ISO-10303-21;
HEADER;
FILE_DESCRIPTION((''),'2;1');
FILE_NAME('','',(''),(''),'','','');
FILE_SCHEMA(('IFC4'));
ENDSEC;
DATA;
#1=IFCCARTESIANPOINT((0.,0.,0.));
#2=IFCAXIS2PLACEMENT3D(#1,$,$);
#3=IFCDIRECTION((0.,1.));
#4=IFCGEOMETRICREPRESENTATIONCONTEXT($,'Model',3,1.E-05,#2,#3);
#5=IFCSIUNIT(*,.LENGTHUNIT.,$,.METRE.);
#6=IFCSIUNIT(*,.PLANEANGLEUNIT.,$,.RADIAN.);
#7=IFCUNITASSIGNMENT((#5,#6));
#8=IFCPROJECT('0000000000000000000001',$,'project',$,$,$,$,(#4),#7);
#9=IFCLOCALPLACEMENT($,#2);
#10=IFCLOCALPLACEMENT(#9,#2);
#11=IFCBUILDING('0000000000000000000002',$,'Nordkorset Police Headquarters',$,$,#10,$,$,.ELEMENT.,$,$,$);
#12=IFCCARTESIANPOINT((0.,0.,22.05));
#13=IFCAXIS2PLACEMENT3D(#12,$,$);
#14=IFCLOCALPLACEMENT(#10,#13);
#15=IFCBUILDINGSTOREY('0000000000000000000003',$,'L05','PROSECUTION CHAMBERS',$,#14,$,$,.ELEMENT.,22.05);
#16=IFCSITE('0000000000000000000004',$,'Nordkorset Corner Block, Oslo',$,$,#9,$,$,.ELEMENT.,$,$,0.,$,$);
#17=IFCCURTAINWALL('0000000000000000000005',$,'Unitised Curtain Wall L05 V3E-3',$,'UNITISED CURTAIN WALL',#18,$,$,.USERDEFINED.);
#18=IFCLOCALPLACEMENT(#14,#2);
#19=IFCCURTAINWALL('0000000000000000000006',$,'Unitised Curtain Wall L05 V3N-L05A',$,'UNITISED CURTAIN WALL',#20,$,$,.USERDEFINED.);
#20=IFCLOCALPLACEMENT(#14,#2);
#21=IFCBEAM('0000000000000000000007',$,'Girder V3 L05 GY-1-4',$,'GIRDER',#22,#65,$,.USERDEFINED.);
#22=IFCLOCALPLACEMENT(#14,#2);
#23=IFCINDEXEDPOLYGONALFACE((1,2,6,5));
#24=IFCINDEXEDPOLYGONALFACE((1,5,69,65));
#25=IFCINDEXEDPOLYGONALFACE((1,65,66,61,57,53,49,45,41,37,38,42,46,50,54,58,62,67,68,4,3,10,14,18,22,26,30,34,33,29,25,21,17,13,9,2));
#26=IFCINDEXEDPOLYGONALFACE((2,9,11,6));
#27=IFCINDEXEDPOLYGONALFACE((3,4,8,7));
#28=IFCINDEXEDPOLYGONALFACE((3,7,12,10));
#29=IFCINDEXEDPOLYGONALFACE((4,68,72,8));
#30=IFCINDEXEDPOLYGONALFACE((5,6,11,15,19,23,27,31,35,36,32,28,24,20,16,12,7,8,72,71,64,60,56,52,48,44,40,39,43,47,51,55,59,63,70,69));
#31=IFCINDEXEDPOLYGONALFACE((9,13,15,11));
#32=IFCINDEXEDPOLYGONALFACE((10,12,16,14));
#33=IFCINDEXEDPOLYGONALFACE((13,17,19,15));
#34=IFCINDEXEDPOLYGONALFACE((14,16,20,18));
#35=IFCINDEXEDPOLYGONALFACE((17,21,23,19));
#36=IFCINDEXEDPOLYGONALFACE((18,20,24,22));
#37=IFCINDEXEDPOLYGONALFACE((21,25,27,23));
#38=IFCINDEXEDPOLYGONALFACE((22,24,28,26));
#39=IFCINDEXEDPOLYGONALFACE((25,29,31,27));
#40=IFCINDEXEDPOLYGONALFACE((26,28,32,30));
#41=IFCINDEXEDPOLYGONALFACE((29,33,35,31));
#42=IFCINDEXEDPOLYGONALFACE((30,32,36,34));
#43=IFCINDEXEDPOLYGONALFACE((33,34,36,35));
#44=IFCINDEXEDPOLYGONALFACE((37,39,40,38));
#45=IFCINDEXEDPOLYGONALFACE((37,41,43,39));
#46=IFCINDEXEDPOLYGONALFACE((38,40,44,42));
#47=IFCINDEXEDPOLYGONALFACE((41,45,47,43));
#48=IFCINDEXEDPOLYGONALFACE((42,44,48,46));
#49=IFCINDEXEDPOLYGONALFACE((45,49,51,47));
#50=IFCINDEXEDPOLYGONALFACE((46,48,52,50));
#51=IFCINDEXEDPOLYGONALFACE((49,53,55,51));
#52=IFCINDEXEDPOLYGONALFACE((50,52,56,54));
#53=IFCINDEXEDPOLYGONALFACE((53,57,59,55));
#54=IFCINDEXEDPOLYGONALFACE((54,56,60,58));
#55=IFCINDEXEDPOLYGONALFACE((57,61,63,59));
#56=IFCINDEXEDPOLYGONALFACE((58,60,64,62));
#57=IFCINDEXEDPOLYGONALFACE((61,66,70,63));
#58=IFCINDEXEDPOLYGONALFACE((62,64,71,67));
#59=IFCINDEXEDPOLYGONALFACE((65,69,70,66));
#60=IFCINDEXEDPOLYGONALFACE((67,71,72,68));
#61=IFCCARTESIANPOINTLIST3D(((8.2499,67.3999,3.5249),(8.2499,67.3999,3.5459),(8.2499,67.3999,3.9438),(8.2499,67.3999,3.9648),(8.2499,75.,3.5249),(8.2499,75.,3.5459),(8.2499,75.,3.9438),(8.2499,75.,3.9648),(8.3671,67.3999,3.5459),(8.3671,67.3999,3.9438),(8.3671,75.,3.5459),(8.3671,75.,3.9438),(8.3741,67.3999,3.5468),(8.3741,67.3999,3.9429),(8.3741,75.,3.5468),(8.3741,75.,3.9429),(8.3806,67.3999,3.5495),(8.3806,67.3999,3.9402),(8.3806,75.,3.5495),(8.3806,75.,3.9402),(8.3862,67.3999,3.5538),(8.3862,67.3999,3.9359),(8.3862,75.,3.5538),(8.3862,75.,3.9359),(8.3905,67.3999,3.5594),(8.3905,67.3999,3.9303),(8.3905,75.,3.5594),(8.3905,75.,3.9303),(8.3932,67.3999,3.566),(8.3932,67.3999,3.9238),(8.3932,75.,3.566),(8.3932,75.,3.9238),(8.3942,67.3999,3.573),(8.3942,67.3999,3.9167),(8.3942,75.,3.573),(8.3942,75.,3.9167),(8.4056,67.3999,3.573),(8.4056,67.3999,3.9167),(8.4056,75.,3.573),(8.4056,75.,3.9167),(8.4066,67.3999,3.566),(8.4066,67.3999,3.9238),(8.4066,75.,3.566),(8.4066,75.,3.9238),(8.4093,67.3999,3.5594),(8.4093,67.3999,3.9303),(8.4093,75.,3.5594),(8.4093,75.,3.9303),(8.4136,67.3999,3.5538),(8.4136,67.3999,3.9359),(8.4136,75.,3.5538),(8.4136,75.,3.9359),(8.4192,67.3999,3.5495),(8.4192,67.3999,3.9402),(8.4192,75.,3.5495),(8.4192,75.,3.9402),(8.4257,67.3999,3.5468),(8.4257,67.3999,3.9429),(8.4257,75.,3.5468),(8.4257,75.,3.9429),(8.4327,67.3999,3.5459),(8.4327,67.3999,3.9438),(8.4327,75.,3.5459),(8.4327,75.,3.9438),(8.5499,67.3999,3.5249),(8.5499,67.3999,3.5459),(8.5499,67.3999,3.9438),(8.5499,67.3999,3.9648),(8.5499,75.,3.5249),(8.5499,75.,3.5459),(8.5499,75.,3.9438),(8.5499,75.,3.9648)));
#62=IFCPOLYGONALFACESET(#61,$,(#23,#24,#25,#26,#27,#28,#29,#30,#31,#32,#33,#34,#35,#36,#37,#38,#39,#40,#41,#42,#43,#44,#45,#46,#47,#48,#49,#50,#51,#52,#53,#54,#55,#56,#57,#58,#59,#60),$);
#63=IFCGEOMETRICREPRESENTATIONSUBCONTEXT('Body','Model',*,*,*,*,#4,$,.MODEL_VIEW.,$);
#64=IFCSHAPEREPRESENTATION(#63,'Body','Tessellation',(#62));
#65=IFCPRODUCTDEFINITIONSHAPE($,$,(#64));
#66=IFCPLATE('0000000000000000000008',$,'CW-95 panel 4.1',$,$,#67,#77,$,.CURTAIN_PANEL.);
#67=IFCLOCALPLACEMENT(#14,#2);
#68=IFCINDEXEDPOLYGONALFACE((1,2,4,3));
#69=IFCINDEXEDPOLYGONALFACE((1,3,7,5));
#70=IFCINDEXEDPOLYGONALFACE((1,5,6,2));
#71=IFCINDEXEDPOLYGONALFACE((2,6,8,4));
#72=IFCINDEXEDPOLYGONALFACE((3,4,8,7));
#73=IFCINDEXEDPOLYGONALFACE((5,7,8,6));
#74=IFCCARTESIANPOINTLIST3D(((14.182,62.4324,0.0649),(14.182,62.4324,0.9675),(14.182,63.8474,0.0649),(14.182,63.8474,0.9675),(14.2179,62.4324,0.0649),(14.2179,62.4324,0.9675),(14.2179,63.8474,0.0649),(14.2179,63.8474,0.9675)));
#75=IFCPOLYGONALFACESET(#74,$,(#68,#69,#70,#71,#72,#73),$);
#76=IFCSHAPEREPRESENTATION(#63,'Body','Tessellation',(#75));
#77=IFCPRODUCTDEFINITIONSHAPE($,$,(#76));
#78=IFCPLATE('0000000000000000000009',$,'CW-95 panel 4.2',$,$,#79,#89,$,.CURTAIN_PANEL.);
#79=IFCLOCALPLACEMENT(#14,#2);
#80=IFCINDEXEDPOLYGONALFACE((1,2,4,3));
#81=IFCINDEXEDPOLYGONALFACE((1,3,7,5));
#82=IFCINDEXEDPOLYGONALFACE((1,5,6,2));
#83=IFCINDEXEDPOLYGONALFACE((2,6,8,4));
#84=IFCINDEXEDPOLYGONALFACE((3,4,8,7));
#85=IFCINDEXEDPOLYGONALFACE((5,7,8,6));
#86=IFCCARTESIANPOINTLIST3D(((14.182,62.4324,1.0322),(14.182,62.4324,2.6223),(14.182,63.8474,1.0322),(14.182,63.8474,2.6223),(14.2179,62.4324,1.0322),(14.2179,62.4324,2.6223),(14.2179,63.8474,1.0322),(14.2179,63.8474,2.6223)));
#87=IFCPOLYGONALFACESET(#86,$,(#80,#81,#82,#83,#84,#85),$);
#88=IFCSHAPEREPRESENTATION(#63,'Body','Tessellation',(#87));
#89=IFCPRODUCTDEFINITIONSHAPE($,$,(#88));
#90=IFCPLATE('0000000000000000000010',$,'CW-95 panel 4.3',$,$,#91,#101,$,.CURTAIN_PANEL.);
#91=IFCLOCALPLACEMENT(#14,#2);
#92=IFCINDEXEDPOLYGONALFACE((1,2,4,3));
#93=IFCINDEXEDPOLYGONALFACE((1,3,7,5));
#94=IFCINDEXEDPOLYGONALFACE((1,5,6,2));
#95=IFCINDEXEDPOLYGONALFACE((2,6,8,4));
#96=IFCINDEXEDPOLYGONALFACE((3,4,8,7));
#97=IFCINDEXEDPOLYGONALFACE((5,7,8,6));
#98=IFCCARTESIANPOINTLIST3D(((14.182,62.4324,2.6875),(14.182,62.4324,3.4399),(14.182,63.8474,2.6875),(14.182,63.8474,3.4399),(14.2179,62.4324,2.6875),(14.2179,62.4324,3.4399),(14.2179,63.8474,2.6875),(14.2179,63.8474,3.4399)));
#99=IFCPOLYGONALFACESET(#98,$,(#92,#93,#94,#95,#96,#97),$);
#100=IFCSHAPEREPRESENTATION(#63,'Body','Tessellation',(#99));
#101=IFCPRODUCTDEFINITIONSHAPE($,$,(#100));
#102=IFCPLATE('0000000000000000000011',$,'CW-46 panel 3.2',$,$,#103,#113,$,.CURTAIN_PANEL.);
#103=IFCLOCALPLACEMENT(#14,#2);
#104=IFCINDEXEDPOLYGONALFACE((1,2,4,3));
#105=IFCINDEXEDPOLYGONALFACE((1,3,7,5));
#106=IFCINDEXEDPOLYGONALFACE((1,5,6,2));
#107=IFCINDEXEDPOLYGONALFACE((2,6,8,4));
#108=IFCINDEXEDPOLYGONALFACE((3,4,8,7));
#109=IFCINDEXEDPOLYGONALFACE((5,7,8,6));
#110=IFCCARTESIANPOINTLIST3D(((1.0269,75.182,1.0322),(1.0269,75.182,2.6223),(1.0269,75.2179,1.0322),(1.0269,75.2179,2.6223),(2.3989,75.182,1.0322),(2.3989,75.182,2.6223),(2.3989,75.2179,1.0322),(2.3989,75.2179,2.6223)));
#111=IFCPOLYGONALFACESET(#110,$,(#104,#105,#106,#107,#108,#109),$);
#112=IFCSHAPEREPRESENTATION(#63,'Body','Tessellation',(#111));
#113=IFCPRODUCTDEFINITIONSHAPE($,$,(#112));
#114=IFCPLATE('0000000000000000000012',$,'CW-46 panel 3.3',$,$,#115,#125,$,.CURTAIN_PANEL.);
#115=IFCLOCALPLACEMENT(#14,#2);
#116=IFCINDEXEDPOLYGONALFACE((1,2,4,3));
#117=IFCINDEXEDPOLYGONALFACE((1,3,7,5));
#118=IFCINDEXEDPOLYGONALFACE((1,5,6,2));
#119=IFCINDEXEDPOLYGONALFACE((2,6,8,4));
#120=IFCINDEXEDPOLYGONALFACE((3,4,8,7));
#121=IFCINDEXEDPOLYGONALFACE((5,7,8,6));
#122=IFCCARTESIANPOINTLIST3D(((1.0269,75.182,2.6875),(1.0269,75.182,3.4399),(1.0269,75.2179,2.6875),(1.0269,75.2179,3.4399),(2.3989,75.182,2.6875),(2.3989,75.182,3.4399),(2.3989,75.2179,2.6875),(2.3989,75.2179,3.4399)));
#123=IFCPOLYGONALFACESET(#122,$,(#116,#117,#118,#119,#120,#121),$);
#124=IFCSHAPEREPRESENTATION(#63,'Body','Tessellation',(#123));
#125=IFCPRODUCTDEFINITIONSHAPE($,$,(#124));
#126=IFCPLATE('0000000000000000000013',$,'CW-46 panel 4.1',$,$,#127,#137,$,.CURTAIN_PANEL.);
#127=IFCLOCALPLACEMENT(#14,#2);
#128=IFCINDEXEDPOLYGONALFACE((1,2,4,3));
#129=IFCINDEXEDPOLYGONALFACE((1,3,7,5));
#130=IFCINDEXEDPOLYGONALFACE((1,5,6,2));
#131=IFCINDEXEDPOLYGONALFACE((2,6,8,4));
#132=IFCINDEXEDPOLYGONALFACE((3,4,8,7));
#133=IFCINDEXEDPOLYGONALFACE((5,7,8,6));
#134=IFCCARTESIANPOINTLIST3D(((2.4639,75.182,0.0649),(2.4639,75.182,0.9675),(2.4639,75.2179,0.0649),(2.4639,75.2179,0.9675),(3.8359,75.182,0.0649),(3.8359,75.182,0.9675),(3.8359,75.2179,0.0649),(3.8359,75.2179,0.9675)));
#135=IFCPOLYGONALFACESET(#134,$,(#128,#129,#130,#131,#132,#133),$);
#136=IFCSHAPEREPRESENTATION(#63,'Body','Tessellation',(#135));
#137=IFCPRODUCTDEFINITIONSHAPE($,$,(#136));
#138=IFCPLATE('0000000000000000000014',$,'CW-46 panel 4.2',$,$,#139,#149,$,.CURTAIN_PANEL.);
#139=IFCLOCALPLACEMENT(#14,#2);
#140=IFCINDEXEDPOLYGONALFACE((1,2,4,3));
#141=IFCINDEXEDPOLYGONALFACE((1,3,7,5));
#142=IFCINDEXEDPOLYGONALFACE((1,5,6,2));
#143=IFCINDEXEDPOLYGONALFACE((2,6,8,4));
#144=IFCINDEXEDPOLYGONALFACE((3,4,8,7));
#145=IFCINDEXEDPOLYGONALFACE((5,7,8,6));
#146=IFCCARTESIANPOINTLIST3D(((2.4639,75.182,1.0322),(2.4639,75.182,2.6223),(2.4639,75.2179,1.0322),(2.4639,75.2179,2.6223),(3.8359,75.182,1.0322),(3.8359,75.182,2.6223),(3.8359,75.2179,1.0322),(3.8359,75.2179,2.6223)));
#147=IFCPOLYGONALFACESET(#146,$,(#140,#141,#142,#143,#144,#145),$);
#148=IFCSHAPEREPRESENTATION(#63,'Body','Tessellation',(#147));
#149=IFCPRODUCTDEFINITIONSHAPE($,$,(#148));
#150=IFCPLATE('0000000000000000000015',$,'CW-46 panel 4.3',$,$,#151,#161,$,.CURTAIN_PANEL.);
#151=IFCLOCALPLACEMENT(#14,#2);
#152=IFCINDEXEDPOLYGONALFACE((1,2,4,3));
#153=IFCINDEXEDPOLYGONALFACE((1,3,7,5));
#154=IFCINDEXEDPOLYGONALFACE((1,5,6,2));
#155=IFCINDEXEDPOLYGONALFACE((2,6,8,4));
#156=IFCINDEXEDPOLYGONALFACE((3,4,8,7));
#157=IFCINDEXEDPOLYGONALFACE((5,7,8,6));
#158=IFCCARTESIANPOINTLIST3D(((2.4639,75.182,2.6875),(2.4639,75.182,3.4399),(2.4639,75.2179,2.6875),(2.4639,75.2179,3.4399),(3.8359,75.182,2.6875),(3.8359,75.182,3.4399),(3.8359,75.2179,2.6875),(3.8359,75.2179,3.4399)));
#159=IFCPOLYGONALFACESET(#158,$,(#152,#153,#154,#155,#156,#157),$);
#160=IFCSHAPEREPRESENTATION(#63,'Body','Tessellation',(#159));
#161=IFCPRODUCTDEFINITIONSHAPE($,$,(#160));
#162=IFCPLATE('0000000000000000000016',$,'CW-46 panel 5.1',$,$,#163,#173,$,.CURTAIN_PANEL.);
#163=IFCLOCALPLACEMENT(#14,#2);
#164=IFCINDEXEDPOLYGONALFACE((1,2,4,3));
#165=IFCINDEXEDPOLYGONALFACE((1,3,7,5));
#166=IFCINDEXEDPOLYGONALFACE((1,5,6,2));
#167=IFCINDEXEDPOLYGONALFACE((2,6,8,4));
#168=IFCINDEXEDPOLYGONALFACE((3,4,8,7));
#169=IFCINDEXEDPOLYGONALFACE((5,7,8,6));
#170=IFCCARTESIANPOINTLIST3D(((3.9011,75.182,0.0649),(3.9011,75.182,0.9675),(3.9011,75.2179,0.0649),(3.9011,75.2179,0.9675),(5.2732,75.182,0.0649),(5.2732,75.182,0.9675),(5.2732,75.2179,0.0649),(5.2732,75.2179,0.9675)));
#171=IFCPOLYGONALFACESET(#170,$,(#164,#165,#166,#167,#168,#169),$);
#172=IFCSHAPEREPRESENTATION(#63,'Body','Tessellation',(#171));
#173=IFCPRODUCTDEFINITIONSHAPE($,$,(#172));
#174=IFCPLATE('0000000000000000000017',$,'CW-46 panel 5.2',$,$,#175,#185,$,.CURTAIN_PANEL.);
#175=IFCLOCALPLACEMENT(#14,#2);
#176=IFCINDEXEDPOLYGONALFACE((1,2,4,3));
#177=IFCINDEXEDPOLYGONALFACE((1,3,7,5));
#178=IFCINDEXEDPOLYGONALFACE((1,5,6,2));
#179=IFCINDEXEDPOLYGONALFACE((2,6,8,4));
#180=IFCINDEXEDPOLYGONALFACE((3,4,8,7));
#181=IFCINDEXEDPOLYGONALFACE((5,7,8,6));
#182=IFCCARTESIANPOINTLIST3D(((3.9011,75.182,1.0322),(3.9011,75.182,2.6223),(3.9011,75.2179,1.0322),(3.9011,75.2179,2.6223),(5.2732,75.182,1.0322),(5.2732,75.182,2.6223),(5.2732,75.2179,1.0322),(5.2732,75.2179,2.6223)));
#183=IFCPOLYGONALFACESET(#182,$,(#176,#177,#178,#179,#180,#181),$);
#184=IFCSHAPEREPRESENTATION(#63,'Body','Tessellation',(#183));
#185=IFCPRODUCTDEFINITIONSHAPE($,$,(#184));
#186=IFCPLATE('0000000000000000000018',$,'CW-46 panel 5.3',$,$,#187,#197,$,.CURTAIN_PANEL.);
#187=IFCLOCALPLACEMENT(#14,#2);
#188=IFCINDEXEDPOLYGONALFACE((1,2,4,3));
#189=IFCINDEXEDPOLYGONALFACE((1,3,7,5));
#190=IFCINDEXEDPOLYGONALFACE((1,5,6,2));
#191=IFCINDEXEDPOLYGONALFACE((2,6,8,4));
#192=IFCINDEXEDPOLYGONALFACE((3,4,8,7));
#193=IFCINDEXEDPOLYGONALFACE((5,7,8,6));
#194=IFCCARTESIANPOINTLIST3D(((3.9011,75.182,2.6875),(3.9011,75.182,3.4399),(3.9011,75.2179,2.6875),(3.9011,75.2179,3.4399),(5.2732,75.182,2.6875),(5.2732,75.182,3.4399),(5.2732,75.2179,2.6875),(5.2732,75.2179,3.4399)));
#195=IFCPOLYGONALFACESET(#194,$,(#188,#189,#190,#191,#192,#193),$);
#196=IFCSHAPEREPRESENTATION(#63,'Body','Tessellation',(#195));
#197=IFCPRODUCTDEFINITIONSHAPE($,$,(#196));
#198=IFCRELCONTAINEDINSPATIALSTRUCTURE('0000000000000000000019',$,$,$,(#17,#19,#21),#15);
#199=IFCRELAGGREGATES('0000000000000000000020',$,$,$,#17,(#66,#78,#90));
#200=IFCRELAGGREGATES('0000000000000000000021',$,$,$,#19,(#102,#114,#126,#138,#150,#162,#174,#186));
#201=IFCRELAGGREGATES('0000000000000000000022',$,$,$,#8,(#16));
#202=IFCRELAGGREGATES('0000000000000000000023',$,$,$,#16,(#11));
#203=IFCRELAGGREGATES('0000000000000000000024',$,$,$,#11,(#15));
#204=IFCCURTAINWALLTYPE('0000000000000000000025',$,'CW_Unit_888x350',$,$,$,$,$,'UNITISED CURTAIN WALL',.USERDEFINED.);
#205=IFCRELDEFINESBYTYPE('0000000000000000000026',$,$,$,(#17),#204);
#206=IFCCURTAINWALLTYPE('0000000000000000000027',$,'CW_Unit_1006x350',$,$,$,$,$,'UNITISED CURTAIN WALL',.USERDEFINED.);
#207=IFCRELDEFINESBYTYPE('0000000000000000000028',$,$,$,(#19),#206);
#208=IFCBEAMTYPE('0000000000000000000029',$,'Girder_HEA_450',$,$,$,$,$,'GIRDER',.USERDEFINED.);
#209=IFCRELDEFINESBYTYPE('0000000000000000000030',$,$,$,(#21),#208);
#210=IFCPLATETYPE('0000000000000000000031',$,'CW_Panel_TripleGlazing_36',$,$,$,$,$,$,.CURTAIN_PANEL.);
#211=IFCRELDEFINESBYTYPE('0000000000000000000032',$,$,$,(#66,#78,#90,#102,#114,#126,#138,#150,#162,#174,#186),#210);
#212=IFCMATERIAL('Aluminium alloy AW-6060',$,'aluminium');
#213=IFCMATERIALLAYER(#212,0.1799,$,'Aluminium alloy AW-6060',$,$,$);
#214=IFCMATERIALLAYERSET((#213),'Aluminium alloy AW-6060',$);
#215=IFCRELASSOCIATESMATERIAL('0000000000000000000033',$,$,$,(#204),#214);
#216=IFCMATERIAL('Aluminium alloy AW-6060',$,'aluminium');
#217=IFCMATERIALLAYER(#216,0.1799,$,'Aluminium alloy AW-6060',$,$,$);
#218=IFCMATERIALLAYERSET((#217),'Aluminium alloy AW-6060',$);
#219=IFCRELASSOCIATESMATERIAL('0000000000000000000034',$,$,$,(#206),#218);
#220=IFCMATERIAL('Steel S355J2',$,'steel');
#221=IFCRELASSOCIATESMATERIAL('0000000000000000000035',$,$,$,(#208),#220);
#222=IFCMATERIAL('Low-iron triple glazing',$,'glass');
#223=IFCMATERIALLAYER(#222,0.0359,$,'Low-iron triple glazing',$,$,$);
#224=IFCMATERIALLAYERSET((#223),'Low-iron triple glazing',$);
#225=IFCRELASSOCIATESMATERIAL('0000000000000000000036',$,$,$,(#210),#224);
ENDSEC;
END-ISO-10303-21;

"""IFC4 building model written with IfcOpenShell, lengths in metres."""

from ifc_helpers import new_model, si_unit, direction, frame, origin, origin_2d, place, context, subcontext, project, spatial, rectangle, i_section, extrude, material, layer, layer_set, material_profile, profile_set, type_object, element, aggregate, save


model = new_model("IFC4")

# Units and contexts
model_context = context("Model", 3, precision=1e-05, world=origin(), true_north=direction((0.0, 1.0)))
body_context = subcontext(model_context, "Body", "Model", "MODEL_VIEW")
ifc_project = project(units=[si_unit("LENGTHUNIT", "METRE"), si_unit("PLANEANGLEUNIT", "RADIAN")], contexts=[model_context])

# Site, building, storey
site_placement = place(None, origin())
site = spatial("IfcSite", under=ifc_project, at=site_placement, Name="Nordkorset Corner Block, Oslo", CompositionType="ELEMENT", RefElevation=0.0)
building_placement = place(site_placement, origin())
building = spatial("IfcBuilding", under=site, at=building_placement, Name="Nordkorset Police Headquarters", CompositionType="ELEMENT")
storey_placement = place(building_placement, frame((0.0, 0.0, 22.05)))
storey = spatial("IfcBuildingStorey", under=building, at=storey_placement, Name="L05", Description="PROSECUTION CHAMBERS", CompositionType="ELEMENT", Elevation=22.05)

# Curtain wall
ifc_material_1 = material(Name="Aluminium alloy AW-6060", Category="aluminium")
ifc_layer_1 = layer(ifc_material_1, 0.1799, Name="Aluminium alloy AW-6060")
ifc_layer_set_1 = layer_set([ifc_layer_1], Name="Aluminium alloy AW-6060")
curtain_wall_type_1 = type_object("IfcCurtainWallType", Name="CW_Unit_888x350", ElementType="UNITISED CURTAIN WALL", PredefinedType="USERDEFINED", material=ifc_layer_set_1)
curtain_wall_1_placement = place(storey_placement, origin())
curtain_wall_1 = element("IfcCurtainWall", 1, at=curtain_wall_1_placement, inside=storey, type_object=curtain_wall_type_1, Name="Unitised Curtain Wall L05 V3E-3", ObjectType="UNITISED CURTAIN WALL", PredefinedType="USERDEFINED")

# Curtain wall
ifc_material_2 = material(Name="Aluminium alloy AW-6060", Category="aluminium")
ifc_layer_2 = layer(ifc_material_2, 0.1799, Name="Aluminium alloy AW-6060")
ifc_layer_set_2 = layer_set([ifc_layer_2], Name="Aluminium alloy AW-6060")
curtain_wall_type_2 = type_object("IfcCurtainWallType", Name="CW_Unit_1006x350", ElementType="UNITISED CURTAIN WALL", PredefinedType="USERDEFINED", material=ifc_layer_set_2)
curtain_wall_2_placement = place(storey_placement, origin())
curtain_wall_2 = element("IfcCurtainWall", 2, at=curtain_wall_2_placement, inside=storey, type_object=curtain_wall_type_2, Name="Unitised Curtain Wall L05 V3N-L05A", ObjectType="UNITISED CURTAIN WALL", PredefinedType="USERDEFINED")

# Beam
ifc_material_3 = material(Name="Steel S355J2", Category="steel")
ifc_material_profile_1 = material_profile(ifc_material_3, i_section(OverallWidth=0.3, OverallDepth=0.4399, WebThickness=0.0115, FlangeThickness=0.021, FilletRadius=0.0271, at=origin_2d()), Name="HEA 450")
ifc_profile_set_1 = profile_set([ifc_material_profile_1], Name="Steel S355J2")
beam_type_1 = type_object("IfcBeamType", Name="Girder_HEA_450", ElementType="GIRDER", PredefinedType="USERDEFINED", material=ifc_profile_set_1)
beam_1_placement = place(storey_placement, frame((8.3999, 67.3999, 3.7449), z_axis=(0.0, 1.0, 0.0), x_axis=(-1.0, 0.0, 0.0)))
element("IfcBeam", 3, at=beam_1_placement, inside=storey, type_object=beam_type_1, Name="Girder V3 L05 GY-1-4", ObjectType="GIRDER", PredefinedType="USERDEFINED", context=body_context, shape_type="SweptSolid", body=[
    extrude(i_section(OverallWidth=0.3, OverallDepth=0.4399, WebThickness=0.0115, FlangeThickness=0.021, FilletRadius=0.0271, at=origin_2d()), origin(), (0.0, 0.0, 1.0), 7.6001),
])

# Plates
ifc_material_4 = material(Name="Low-iron triple glazing", Category="glass")
ifc_layer_3 = layer(ifc_material_4, 0.0359, Name="Low-iron triple glazing")
ifc_layer_set_3 = layer_set([ifc_layer_3], Name="Low-iron triple glazing")
plate_type = type_object("IfcPlateType", Name="CW_Panel_TripleGlazing_36", PredefinedType="CURTAIN_PANEL", material=ifc_layer_set_3)
plate_1_placement = place(storey_placement, frame((14.2, 63.1399, 0.0649), z_axis=(0.0, 0.0, 1.0), x_axis=(0.0, 1.0, 0.0)))
plate_1 = element("IfcPlate", 4, at=plate_1_placement, type_object=plate_type, Name="CW-95 panel 4.1", PredefinedType="CURTAIN_PANEL", context=body_context, shape_type="SweptSolid", body=[
    extrude(rectangle(XDim=1.415, YDim=0.0359, at=origin_2d()), origin(), (0.0, 0.0, 1.0), 0.9026),
])
plate_2_placement = place(storey_placement, frame((14.2, 63.1399, 1.0322), z_axis=(0.0, 0.0, 1.0), x_axis=(0.0, 1.0, 0.0)))
plate_2 = element("IfcPlate", 5, at=plate_2_placement, type_object=plate_type, Name="CW-95 panel 4.2", PredefinedType="CURTAIN_PANEL", context=body_context, shape_type="SweptSolid", body=[
    extrude(rectangle(XDim=1.415, YDim=0.0359, at=origin_2d()), origin(), (0.0, 0.0, 1.0), 1.5901),
])
plate_3_placement = place(storey_placement, frame((14.2, 63.1399, 2.6875), z_axis=(0.0, 0.0, 1.0), x_axis=(0.0, 1.0, 0.0)))
plate_3 = element("IfcPlate", 6, at=plate_3_placement, type_object=plate_type, Name="CW-95 panel 4.3", PredefinedType="CURTAIN_PANEL", context=body_context, shape_type="SweptSolid", body=[
    extrude(rectangle(XDim=1.415, YDim=0.0359, at=origin_2d()), origin(), (0.0, 0.0, 1.0), 0.7524),
])
aggregate(curtain_wall_1, [plate_1, plate_2, plate_3])
plate_4_placement = place(storey_placement, frame((1.7129, 75.2, 1.0322), z_axis=(0.0, 0.0, 1.0), x_axis=(1.0, 0.0, 0.0)))
plate_4 = element("IfcPlate", 7, at=plate_4_placement, type_object=plate_type, Name="CW-46 panel 3.2", PredefinedType="CURTAIN_PANEL", context=body_context, shape_type="SweptSolid", body=[
    extrude(rectangle(XDim=1.3721, YDim=0.0359, at=origin_2d()), origin(), (0.0, 0.0, 1.0), 1.5901),
])
plate_5_placement = place(storey_placement, frame((1.7129, 75.2, 2.6875), z_axis=(0.0, 0.0, 1.0), x_axis=(1.0, 0.0, 0.0)))
plate_5 = element("IfcPlate", 8, at=plate_5_placement, type_object=plate_type, Name="CW-46 panel 3.3", PredefinedType="CURTAIN_PANEL", context=body_context, shape_type="SweptSolid", body=[
    extrude(rectangle(XDim=1.3721, YDim=0.0359, at=origin_2d()), origin(), (0.0, 0.0, 1.0), 0.7524),
])
plate_6_placement = place(storey_placement, frame((3.1499, 75.2, 0.0649), z_axis=(0.0, 0.0, 1.0), x_axis=(1.0, 0.0, 0.0)))
plate_6 = element("IfcPlate", 9, at=plate_6_placement, type_object=plate_type, Name="CW-46 panel 4.1", PredefinedType="CURTAIN_PANEL", context=body_context, shape_type="SweptSolid", body=[
    extrude(rectangle(XDim=1.3721, YDim=0.0359, at=origin_2d()), origin(), (0.0, 0.0, 1.0), 0.9026),
])
plate_7_placement = place(storey_placement, frame((3.1499, 75.2, 1.0322), z_axis=(0.0, 0.0, 1.0), x_axis=(1.0, 0.0, 0.0)))
plate_7 = element("IfcPlate", 10, at=plate_7_placement, type_object=plate_type, Name="CW-46 panel 4.2", PredefinedType="CURTAIN_PANEL", context=body_context, shape_type="SweptSolid", body=[
    extrude(rectangle(XDim=1.3721, YDim=0.0359, at=origin_2d()), origin(), (0.0, 0.0, 1.0), 1.5901),
])
plate_8_placement = place(storey_placement, frame((3.1499, 75.2, 2.6875), z_axis=(0.0, 0.0, 1.0), x_axis=(1.0, 0.0, 0.0)))
plate_8 = element("IfcPlate", 11, at=plate_8_placement, type_object=plate_type, Name="CW-46 panel 4.3", PredefinedType="CURTAIN_PANEL", context=body_context, shape_type="SweptSolid", body=[
    extrude(rectangle(XDim=1.3721, YDim=0.0359, at=origin_2d()), origin(), (0.0, 0.0, 1.0), 0.7524),
])
plate_9_placement = place(storey_placement, frame((4.5872, 75.2, 0.0649), z_axis=(0.0, 0.0, 1.0), x_axis=(1.0, 0.0, 0.0)))
plate_9 = element("IfcPlate", 12, at=plate_9_placement, type_object=plate_type, Name="CW-46 panel 5.1", PredefinedType="CURTAIN_PANEL", context=body_context, shape_type="SweptSolid", body=[
    extrude(rectangle(XDim=1.3721, YDim=0.0359, at=origin_2d()), origin(), (0.0, 0.0, 1.0), 0.9026),
])
plate_10_placement = place(storey_placement, frame((4.5872, 75.2, 1.0322), z_axis=(0.0, 0.0, 1.0), x_axis=(1.0, 0.0, 0.0)))
plate_10 = element("IfcPlate", 13, at=plate_10_placement, type_object=plate_type, Name="CW-46 panel 5.2", PredefinedType="CURTAIN_PANEL", context=body_context, shape_type="SweptSolid", body=[
    extrude(rectangle(XDim=1.3721, YDim=0.0359, at=origin_2d()), origin(), (0.0, 0.0, 1.0), 1.5901),
])
plate_11_placement = place(storey_placement, frame((4.5872, 75.2, 2.6875), z_axis=(0.0, 0.0, 1.0), x_axis=(1.0, 0.0, 0.0)))
plate_11 = element("IfcPlate", 14, at=plate_11_placement, type_object=plate_type, Name="CW-46 panel 5.3", PredefinedType="CURTAIN_PANEL", context=body_context, shape_type="SweptSolid", body=[
    extrude(rectangle(XDim=1.3721, YDim=0.0359, at=origin_2d()), origin(), (0.0, 0.0, 1.0), 0.7524),
])
aggregate(curtain_wall_2, [plate_4, plate_5, plate_6, plate_7, plate_8, plate_9, plate_10, plate_11])

save(model, "model.ifc")
